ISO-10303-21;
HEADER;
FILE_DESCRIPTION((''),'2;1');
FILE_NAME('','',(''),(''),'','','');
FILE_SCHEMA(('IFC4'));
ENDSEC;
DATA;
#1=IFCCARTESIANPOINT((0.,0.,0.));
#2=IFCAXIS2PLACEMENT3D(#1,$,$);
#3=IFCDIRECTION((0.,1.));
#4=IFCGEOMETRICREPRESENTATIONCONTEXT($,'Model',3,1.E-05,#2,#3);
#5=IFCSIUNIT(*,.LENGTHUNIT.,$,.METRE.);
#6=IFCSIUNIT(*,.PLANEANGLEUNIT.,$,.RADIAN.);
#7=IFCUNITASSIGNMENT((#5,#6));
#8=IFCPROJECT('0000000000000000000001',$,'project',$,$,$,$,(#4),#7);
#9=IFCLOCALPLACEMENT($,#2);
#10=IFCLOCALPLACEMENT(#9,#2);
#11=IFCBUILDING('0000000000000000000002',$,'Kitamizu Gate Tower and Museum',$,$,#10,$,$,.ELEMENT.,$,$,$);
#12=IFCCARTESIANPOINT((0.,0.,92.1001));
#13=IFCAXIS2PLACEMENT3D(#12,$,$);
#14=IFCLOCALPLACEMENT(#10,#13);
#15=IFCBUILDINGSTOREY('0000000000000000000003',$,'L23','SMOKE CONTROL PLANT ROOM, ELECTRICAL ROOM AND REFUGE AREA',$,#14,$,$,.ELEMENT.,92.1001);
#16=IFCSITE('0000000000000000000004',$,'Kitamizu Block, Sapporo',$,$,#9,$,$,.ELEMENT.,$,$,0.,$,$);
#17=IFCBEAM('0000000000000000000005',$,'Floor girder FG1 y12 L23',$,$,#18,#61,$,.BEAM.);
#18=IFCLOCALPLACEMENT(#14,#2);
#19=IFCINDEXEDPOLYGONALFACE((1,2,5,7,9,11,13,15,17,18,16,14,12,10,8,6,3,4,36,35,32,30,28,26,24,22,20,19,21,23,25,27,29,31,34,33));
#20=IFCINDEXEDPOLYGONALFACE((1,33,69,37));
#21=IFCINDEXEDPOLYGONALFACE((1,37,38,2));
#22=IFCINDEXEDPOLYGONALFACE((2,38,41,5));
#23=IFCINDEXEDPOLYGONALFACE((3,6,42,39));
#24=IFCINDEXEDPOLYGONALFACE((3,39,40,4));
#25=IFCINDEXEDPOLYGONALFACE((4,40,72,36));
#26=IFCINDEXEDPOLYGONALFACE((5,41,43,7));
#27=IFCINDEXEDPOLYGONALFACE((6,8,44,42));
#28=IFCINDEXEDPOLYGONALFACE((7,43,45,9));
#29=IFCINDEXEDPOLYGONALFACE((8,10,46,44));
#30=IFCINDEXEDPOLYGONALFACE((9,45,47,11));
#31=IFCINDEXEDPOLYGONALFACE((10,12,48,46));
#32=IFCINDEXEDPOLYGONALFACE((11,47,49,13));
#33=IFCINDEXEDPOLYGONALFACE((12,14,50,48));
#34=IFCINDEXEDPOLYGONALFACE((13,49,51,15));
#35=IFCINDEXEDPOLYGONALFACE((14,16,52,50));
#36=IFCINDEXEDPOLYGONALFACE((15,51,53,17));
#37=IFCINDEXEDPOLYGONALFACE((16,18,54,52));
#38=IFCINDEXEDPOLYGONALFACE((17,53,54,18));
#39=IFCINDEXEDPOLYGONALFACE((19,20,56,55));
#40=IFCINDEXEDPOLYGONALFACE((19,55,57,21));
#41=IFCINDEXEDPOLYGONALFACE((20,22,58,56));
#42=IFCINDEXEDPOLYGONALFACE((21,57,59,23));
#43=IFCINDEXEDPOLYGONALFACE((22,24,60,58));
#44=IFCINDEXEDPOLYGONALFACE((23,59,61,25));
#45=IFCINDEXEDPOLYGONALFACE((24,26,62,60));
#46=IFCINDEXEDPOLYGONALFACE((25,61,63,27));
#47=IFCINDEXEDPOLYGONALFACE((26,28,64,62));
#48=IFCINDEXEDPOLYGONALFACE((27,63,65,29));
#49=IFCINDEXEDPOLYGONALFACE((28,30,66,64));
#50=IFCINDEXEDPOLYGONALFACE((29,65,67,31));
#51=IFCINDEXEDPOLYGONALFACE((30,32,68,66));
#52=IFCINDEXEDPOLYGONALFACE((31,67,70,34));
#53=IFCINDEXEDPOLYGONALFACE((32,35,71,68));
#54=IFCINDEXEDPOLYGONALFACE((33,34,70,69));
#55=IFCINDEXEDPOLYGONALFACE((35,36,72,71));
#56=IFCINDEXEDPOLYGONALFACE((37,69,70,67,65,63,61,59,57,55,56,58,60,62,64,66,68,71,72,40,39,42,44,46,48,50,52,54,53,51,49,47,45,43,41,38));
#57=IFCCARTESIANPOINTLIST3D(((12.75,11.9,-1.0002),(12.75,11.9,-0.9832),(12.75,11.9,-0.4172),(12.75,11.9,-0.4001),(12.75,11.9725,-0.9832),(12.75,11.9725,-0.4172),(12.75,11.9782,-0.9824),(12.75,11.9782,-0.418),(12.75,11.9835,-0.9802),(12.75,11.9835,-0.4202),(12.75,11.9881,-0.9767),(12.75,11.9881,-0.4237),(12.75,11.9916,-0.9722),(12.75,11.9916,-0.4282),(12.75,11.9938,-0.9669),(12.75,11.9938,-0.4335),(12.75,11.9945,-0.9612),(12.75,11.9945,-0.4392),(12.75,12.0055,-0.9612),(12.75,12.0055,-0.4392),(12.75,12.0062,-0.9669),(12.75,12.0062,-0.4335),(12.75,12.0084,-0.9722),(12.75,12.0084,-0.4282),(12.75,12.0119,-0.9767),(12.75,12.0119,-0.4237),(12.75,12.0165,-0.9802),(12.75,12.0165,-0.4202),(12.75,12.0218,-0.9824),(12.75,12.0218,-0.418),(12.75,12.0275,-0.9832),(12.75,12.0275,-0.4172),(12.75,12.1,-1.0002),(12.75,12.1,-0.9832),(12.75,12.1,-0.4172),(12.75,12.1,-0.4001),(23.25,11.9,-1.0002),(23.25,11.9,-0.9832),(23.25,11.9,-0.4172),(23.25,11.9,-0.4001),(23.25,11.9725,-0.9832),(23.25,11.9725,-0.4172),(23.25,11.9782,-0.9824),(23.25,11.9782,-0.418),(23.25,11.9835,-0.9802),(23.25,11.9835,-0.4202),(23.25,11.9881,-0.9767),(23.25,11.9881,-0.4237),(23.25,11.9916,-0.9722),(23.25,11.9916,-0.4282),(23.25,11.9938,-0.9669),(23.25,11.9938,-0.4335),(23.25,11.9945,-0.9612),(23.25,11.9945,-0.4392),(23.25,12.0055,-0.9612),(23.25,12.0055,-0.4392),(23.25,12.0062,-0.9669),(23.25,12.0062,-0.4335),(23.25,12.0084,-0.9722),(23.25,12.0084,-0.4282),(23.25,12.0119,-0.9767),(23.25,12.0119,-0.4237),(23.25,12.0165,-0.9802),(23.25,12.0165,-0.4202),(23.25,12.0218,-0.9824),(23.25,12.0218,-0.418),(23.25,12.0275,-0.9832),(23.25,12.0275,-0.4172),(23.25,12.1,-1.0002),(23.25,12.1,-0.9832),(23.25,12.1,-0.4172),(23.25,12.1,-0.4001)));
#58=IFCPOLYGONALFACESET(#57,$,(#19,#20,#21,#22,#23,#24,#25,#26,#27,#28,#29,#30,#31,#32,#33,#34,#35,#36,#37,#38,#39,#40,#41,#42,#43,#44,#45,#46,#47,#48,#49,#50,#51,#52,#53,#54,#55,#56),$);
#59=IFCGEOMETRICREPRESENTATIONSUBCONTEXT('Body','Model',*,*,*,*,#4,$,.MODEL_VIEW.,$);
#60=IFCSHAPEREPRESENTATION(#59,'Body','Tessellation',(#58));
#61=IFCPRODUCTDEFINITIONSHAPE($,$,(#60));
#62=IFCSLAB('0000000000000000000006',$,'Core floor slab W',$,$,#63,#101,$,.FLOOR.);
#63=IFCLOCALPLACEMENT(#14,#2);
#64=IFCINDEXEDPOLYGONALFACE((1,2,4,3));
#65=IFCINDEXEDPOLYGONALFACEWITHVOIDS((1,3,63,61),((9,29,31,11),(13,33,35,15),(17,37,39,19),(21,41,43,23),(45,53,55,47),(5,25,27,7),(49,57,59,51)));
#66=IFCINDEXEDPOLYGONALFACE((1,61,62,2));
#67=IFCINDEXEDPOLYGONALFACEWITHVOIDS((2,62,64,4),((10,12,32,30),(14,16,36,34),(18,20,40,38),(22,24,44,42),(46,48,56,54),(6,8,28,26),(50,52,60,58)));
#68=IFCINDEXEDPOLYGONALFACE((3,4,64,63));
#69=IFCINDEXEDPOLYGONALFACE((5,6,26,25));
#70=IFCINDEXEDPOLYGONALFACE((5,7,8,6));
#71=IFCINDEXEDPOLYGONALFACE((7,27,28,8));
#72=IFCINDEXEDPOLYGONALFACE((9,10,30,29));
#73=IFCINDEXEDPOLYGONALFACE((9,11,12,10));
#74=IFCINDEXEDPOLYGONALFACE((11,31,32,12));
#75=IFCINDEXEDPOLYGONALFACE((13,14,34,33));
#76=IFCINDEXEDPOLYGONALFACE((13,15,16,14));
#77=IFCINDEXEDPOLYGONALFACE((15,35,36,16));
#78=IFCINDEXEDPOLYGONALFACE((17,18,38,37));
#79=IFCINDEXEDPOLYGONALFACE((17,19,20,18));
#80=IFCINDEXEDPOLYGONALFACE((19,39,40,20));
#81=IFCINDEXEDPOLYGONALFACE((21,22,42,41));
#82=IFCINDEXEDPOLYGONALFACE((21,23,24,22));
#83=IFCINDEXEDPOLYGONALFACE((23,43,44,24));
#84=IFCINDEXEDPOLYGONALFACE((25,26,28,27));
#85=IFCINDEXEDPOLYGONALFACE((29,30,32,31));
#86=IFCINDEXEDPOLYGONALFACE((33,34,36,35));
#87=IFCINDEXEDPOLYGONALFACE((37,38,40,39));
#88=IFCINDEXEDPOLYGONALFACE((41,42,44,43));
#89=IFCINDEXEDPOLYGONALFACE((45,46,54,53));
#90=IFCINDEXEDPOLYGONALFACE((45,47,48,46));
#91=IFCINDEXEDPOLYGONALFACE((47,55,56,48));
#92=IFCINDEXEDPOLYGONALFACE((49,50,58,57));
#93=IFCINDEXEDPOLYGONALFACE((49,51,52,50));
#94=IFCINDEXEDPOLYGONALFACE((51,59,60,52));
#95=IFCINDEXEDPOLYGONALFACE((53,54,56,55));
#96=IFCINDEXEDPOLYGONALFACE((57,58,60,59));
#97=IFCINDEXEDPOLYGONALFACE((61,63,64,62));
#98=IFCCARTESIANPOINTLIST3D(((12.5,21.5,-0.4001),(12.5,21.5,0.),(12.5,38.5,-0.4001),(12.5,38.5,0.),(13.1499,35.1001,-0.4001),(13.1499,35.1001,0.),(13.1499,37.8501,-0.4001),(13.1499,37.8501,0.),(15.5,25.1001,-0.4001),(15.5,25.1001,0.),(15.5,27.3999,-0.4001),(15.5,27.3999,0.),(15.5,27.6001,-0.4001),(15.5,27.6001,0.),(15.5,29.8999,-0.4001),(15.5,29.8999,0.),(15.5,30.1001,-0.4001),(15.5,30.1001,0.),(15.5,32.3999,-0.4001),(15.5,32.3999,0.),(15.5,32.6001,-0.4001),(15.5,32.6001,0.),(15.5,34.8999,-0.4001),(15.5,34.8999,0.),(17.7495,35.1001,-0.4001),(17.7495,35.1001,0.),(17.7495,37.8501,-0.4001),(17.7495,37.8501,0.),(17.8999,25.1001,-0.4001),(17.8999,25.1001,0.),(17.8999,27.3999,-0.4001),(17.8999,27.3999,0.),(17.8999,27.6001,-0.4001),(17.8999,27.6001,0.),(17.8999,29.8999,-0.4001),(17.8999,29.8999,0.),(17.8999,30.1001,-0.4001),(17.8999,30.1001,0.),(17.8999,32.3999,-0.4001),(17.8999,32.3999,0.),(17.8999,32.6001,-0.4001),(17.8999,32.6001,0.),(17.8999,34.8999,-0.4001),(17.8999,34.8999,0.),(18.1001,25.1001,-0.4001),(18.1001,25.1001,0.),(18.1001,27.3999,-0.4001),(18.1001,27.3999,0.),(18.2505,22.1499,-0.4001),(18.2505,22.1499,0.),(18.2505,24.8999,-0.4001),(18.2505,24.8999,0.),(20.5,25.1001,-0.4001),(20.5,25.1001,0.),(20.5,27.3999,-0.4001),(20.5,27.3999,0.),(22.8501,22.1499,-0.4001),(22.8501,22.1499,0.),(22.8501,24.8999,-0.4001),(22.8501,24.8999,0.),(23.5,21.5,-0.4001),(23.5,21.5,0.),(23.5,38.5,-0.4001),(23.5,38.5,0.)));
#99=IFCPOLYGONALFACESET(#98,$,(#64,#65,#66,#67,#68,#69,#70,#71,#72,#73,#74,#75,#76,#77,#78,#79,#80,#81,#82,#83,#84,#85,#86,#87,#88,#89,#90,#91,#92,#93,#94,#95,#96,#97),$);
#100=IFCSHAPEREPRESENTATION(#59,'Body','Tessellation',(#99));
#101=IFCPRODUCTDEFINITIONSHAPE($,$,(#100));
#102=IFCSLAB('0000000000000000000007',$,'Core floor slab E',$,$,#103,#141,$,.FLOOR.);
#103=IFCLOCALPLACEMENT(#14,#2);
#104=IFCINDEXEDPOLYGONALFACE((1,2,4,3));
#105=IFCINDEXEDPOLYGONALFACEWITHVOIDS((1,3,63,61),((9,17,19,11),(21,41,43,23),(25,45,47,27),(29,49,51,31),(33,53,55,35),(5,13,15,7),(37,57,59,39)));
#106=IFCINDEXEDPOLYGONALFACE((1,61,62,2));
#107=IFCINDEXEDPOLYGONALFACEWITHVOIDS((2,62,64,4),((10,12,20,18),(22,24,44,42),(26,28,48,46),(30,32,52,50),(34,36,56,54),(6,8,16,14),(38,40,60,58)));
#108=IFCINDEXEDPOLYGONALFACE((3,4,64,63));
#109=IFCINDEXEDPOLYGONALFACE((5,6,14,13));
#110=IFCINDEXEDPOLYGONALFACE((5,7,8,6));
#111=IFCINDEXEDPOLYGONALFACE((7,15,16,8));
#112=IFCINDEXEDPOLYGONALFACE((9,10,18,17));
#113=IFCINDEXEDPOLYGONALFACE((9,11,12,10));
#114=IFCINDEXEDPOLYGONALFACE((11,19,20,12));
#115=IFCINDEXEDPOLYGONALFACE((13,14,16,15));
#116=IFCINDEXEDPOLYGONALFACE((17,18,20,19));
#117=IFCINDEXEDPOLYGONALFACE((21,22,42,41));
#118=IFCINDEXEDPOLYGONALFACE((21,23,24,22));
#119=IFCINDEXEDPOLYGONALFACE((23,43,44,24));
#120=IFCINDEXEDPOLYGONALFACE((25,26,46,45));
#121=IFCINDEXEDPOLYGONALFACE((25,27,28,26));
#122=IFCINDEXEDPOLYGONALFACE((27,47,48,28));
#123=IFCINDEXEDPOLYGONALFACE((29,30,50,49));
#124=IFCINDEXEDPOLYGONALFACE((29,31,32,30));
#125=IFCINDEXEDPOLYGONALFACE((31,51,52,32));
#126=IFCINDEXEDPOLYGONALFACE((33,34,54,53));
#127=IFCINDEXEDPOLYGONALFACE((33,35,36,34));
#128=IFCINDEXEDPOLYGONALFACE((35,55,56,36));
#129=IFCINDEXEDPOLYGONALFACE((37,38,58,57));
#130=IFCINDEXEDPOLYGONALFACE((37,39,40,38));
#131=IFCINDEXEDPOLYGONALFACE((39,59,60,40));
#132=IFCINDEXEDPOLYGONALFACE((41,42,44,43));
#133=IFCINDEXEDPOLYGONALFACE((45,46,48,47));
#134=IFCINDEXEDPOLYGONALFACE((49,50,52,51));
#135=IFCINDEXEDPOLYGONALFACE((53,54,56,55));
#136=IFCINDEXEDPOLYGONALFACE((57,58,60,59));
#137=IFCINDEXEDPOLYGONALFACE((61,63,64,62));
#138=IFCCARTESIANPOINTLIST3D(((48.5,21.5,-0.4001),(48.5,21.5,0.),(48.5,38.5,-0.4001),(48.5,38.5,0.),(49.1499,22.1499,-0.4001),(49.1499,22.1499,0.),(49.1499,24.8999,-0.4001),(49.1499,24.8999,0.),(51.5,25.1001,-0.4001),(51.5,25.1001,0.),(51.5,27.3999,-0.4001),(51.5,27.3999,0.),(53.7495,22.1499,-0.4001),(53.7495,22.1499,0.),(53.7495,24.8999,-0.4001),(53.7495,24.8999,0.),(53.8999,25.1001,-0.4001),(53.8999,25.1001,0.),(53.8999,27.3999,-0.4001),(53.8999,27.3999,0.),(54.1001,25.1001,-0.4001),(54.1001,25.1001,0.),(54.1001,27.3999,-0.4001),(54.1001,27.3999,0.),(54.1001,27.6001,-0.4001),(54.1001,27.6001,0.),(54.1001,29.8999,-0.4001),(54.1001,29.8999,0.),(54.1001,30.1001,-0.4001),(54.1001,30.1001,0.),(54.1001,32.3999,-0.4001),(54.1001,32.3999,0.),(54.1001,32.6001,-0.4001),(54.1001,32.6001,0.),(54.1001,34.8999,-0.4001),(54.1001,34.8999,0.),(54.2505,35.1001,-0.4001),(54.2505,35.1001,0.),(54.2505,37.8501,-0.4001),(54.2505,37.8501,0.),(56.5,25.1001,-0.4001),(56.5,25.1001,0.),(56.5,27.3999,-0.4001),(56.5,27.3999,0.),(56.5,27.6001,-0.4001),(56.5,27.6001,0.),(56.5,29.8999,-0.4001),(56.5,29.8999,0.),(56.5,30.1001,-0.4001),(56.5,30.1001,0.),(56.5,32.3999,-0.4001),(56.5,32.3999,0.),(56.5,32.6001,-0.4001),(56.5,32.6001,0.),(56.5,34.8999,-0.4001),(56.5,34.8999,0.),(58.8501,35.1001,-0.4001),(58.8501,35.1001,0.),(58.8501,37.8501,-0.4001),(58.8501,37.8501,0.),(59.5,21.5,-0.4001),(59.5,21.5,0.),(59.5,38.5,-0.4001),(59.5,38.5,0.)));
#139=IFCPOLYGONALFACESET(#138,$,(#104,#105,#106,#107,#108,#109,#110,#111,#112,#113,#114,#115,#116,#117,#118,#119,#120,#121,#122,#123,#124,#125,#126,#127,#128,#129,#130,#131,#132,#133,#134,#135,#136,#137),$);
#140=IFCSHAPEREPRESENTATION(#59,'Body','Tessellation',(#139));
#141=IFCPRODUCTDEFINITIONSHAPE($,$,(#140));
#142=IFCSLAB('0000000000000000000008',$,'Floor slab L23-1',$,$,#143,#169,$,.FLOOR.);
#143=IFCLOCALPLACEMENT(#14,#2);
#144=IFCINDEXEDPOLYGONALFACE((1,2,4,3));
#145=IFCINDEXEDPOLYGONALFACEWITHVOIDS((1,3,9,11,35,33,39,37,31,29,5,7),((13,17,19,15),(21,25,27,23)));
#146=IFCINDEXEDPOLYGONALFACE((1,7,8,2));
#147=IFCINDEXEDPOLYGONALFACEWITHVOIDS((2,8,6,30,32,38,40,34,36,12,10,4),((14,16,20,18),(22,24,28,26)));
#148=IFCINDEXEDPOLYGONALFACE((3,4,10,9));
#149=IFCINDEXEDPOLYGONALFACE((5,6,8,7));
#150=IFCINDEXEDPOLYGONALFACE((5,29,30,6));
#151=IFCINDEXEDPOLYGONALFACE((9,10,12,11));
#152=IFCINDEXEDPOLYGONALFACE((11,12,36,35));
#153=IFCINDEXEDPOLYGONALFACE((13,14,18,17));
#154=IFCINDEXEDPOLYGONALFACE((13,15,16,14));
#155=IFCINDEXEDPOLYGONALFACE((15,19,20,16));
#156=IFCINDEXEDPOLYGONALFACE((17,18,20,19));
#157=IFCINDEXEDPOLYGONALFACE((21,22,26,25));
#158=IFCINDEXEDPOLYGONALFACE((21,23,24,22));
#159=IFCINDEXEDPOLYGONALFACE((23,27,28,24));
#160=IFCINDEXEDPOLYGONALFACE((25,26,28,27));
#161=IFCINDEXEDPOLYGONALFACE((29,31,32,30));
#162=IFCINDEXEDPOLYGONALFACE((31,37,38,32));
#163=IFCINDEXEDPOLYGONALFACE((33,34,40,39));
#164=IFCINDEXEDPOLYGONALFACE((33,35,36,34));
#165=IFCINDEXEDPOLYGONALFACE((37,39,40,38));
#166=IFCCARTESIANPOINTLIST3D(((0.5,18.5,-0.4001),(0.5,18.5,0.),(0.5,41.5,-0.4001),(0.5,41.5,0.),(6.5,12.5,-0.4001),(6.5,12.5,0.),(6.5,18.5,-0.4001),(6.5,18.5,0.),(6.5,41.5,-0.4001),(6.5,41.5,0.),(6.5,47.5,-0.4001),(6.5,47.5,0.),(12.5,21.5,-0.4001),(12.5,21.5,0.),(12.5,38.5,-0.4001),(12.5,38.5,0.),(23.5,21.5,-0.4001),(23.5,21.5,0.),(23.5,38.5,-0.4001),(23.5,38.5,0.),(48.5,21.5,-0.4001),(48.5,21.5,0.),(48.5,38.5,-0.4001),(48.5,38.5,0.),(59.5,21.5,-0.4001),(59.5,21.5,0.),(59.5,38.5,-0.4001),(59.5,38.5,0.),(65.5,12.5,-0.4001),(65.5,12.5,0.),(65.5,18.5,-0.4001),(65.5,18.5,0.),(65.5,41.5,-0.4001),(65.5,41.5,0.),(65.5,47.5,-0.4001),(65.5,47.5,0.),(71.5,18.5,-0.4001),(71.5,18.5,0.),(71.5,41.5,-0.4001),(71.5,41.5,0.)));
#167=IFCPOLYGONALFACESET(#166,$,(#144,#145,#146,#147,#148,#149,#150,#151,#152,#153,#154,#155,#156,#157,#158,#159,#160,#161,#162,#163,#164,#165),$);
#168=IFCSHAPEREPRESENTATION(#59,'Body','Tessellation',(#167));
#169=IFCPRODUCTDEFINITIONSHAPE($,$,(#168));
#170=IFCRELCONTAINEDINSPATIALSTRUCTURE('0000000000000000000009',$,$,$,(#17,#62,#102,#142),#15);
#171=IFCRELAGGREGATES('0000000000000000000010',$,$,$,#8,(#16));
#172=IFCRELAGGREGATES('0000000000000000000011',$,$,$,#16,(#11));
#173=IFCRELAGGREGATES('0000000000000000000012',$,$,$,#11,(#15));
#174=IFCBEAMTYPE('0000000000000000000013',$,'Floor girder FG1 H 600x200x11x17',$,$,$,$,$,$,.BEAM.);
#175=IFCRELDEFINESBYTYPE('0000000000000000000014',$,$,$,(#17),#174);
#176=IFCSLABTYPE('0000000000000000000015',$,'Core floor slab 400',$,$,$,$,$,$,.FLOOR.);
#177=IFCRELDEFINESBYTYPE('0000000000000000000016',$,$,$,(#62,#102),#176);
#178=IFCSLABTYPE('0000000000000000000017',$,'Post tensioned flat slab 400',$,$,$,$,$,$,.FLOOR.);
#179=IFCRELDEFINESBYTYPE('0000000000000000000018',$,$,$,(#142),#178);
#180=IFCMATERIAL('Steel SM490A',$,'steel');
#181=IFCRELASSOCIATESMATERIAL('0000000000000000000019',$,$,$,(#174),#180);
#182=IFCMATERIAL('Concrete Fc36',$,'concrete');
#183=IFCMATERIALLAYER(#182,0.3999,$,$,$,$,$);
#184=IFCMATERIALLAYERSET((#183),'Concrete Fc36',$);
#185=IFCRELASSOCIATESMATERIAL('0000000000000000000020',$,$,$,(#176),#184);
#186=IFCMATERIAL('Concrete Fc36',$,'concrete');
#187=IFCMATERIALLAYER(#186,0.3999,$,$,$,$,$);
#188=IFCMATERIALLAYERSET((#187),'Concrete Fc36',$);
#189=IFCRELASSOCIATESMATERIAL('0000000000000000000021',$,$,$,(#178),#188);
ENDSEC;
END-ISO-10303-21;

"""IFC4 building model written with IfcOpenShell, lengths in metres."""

from ifc_helpers import new_model, si_unit, direction, frame, origin, origin_2d, place, context, subcontext, project, spatial, polyline, i_section, outline, extrude, material, layer, layer_set, material_profile, profile_set, type_object, element, save


model = new_model("IFC4")

# Units and contexts
model_context = context("Model", 3, precision=1e-05, world=origin(), true_north=direction((0.0, 1.0)))
body_context = subcontext(model_context, "Body", "Model", "MODEL_VIEW")
ifc_project = project(units=[si_unit("LENGTHUNIT", "METRE"), si_unit("PLANEANGLEUNIT", "RADIAN")], contexts=[model_context])

# Site, building, storey
site_placement = place(None, origin())
site = spatial("IfcSite", under=ifc_project, at=site_placement, Name="Kitamizu Block, Sapporo", CompositionType="ELEMENT", RefElevation=0.0)
building_placement = place(site_placement, origin())
building = spatial("IfcBuilding", under=site, at=building_placement, Name="Kitamizu Gate Tower and Museum", CompositionType="ELEMENT")
storey_placement = place(building_placement, frame((0.0, 0.0, 92.1001)))
storey = spatial("IfcBuildingStorey", under=building, at=storey_placement, Name="L23", Description="SMOKE CONTROL PLANT ROOM, ELECTRICAL ROOM AND REFUGE AREA", CompositionType="ELEMENT", Elevation=92.1001)

# Beam
ifc_material_1 = material(Name="Steel SM490A", Category="steel")
ifc_material_profile_1 = material_profile(ifc_material_1, i_section(OverallWidth=0.2, OverallDepth=0.6001, WebThickness=0.011, FlangeThickness=0.0171, FilletRadius=0.022, at=origin_2d()), Name="H-600x200x11x17")
ifc_profile_set_1 = profile_set([ifc_material_profile_1], Name="Steel SM490A")
beam_type_1 = type_object("IfcBeamType", Name="Floor girder FG1 H 600x200x11x17", PredefinedType="BEAM", material=ifc_profile_set_1)
beam_1_placement = place(storey_placement, frame((12.75, 12.0, -0.7002), z_axis=(1.0, 0.0, 0.0), x_axis=(0.0, 1.0, 0.0)))
element("IfcBeam", 1, at=beam_1_placement, inside=storey, type_object=beam_type_1, Name="Floor girder FG1 y12 L23", PredefinedType="BEAM", context=body_context, shape_type="SweptSolid", body=[
    extrude(i_section(OverallWidth=0.2, OverallDepth=0.6001, WebThickness=0.011, FlangeThickness=0.0171, FilletRadius=0.022, at=origin_2d()), origin(), (0.0, 0.0, 1.0), 10.5),
])

# Slabs
ifc_material_2 = material(Name="Concrete Fc36", Category="concrete")
ifc_layer_1 = layer(ifc_material_2, 0.3999)
ifc_layer_set_1 = layer_set([ifc_layer_1], Name="Concrete Fc36")
slab_type_1 = type_object("IfcSlabType", Name="Core floor slab 400", PredefinedType="FLOOR", material=ifc_layer_set_1)
slab_1_placement = place(storey_placement, frame((0.0, 0.0, -0.4001)))
element("IfcSlab", 2, at=slab_1_placement, inside=storey, type_object=slab_type_1, Name="Core floor slab W", PredefinedType="FLOOR", context=body_context, shape_type="SweptSolid", body=[
    extrude(outline(polyline([(12.5, 21.5), (23.5, 21.5), (23.5, 38.5), (12.5, 38.5), (12.5, 21.5)]), holes=[polyline([(15.5, 25.1001), (17.8999, 25.1001), (17.8999, 27.3999), (15.5, 27.3999), (15.5, 25.1001)]), polyline([(15.5, 27.6001), (17.8999, 27.6001), (17.8999, 29.8999), (15.5, 29.8999), (15.5, 27.6001)]), polyline([(15.5, 30.1001), (17.8999, 30.1001), (17.8999, 32.3999), (15.5, 32.3999), (15.5, 30.1001)]), polyline([(15.5, 32.6001), (17.8999, 32.6001), (17.8999, 34.8999), (15.5, 34.8999), (15.5, 32.6001)]), polyline([(18.1001, 25.1001), (20.5, 25.1001), (20.5, 27.3999), (18.1001, 27.3999), (18.1001, 25.1001)]), polyline([(18.2505, 22.1499), (22.8501, 22.1499), (22.8501, 24.8999), (18.2505, 24.8999), (18.2505, 22.1499)]), polyline([(13.1499, 35.1001), (17.7495, 35.1001), (17.7495, 37.8501), (13.1499, 37.8501), (13.1499, 35.1001)])]), origin(), (0.0, 0.0, 1.0), 0.4001),
])
slab_2_placement = place(storey_placement, frame((0.0, 0.0, -0.4001)))
element("IfcSlab", 3, at=slab_2_placement, inside=storey, type_object=slab_type_1, Name="Core floor slab E", PredefinedType="FLOOR", context=body_context, shape_type="SweptSolid", body=[
    extrude(outline(polyline([(48.5, 21.5), (59.5, 21.5), (59.5, 38.5), (48.5, 38.5), (48.5, 21.5)]), holes=[polyline([(54.1001, 25.1001), (56.5, 25.1001), (56.5, 27.3999), (54.1001, 27.3999), (54.1001, 25.1001)]), polyline([(54.1001, 27.6001), (56.5, 27.6001), (56.5, 29.8999), (54.1001, 29.8999), (54.1001, 27.6001)]), polyline([(54.1001, 30.1001), (56.5, 30.1001), (56.5, 32.3999), (54.1001, 32.3999), (54.1001, 30.1001)]), polyline([(54.1001, 32.6001), (56.5, 32.6001), (56.5, 34.8999), (54.1001, 34.8999), (54.1001, 32.6001)]), polyline([(51.5, 25.1001), (53.8999, 25.1001), (53.8999, 27.3999), (51.5, 27.3999), (51.5, 25.1001)]), polyline([(49.1499, 22.1499), (53.7495, 22.1499), (53.7495, 24.8999), (49.1499, 24.8999), (49.1499, 22.1499)]), polyline([(54.2505, 35.1001), (58.8501, 35.1001), (58.8501, 37.8501), (54.2505, 37.8501), (54.2505, 35.1001)])]), origin(), (0.0, 0.0, 1.0), 0.4001),
])
ifc_material_3 = material(Name="Concrete Fc36", Category="concrete")
ifc_layer_2 = layer(ifc_material_3, 0.3999)
ifc_layer_set_2 = layer_set([ifc_layer_2], Name="Concrete Fc36")
slab_type_2 = type_object("IfcSlabType", Name="Post tensioned flat slab 400", PredefinedType="FLOOR", material=ifc_layer_set_2)
slab_3_placement = place(storey_placement, frame((0.0, 0.0, -0.4001)))
element("IfcSlab", 4, at=slab_3_placement, inside=storey, type_object=slab_type_2, Name="Floor slab L23-1", PredefinedType="FLOOR", context=body_context, shape_type="SweptSolid", body=[
    extrude(outline(polyline([(0.5, 41.5), (6.5, 41.5), (6.5, 47.5), (65.5, 47.5), (65.5, 41.5), (71.5, 41.5), (71.5, 18.5), (65.5, 18.5), (65.5, 12.5), (6.5, 12.5), (6.5, 18.5), (0.5, 18.5), (0.5, 41.5)]), holes=[polyline([(48.5, 38.5), (48.5, 21.5), (59.5, 21.5), (59.5, 38.5), (48.5, 38.5)]), polyline([(12.5, 21.5), (23.5, 21.5), (23.5, 38.5), (12.5, 38.5), (12.5, 21.5)])]), origin(), (0.0, 0.0, 1.0), 0.4001),
])

save(model, "model.ifc")
